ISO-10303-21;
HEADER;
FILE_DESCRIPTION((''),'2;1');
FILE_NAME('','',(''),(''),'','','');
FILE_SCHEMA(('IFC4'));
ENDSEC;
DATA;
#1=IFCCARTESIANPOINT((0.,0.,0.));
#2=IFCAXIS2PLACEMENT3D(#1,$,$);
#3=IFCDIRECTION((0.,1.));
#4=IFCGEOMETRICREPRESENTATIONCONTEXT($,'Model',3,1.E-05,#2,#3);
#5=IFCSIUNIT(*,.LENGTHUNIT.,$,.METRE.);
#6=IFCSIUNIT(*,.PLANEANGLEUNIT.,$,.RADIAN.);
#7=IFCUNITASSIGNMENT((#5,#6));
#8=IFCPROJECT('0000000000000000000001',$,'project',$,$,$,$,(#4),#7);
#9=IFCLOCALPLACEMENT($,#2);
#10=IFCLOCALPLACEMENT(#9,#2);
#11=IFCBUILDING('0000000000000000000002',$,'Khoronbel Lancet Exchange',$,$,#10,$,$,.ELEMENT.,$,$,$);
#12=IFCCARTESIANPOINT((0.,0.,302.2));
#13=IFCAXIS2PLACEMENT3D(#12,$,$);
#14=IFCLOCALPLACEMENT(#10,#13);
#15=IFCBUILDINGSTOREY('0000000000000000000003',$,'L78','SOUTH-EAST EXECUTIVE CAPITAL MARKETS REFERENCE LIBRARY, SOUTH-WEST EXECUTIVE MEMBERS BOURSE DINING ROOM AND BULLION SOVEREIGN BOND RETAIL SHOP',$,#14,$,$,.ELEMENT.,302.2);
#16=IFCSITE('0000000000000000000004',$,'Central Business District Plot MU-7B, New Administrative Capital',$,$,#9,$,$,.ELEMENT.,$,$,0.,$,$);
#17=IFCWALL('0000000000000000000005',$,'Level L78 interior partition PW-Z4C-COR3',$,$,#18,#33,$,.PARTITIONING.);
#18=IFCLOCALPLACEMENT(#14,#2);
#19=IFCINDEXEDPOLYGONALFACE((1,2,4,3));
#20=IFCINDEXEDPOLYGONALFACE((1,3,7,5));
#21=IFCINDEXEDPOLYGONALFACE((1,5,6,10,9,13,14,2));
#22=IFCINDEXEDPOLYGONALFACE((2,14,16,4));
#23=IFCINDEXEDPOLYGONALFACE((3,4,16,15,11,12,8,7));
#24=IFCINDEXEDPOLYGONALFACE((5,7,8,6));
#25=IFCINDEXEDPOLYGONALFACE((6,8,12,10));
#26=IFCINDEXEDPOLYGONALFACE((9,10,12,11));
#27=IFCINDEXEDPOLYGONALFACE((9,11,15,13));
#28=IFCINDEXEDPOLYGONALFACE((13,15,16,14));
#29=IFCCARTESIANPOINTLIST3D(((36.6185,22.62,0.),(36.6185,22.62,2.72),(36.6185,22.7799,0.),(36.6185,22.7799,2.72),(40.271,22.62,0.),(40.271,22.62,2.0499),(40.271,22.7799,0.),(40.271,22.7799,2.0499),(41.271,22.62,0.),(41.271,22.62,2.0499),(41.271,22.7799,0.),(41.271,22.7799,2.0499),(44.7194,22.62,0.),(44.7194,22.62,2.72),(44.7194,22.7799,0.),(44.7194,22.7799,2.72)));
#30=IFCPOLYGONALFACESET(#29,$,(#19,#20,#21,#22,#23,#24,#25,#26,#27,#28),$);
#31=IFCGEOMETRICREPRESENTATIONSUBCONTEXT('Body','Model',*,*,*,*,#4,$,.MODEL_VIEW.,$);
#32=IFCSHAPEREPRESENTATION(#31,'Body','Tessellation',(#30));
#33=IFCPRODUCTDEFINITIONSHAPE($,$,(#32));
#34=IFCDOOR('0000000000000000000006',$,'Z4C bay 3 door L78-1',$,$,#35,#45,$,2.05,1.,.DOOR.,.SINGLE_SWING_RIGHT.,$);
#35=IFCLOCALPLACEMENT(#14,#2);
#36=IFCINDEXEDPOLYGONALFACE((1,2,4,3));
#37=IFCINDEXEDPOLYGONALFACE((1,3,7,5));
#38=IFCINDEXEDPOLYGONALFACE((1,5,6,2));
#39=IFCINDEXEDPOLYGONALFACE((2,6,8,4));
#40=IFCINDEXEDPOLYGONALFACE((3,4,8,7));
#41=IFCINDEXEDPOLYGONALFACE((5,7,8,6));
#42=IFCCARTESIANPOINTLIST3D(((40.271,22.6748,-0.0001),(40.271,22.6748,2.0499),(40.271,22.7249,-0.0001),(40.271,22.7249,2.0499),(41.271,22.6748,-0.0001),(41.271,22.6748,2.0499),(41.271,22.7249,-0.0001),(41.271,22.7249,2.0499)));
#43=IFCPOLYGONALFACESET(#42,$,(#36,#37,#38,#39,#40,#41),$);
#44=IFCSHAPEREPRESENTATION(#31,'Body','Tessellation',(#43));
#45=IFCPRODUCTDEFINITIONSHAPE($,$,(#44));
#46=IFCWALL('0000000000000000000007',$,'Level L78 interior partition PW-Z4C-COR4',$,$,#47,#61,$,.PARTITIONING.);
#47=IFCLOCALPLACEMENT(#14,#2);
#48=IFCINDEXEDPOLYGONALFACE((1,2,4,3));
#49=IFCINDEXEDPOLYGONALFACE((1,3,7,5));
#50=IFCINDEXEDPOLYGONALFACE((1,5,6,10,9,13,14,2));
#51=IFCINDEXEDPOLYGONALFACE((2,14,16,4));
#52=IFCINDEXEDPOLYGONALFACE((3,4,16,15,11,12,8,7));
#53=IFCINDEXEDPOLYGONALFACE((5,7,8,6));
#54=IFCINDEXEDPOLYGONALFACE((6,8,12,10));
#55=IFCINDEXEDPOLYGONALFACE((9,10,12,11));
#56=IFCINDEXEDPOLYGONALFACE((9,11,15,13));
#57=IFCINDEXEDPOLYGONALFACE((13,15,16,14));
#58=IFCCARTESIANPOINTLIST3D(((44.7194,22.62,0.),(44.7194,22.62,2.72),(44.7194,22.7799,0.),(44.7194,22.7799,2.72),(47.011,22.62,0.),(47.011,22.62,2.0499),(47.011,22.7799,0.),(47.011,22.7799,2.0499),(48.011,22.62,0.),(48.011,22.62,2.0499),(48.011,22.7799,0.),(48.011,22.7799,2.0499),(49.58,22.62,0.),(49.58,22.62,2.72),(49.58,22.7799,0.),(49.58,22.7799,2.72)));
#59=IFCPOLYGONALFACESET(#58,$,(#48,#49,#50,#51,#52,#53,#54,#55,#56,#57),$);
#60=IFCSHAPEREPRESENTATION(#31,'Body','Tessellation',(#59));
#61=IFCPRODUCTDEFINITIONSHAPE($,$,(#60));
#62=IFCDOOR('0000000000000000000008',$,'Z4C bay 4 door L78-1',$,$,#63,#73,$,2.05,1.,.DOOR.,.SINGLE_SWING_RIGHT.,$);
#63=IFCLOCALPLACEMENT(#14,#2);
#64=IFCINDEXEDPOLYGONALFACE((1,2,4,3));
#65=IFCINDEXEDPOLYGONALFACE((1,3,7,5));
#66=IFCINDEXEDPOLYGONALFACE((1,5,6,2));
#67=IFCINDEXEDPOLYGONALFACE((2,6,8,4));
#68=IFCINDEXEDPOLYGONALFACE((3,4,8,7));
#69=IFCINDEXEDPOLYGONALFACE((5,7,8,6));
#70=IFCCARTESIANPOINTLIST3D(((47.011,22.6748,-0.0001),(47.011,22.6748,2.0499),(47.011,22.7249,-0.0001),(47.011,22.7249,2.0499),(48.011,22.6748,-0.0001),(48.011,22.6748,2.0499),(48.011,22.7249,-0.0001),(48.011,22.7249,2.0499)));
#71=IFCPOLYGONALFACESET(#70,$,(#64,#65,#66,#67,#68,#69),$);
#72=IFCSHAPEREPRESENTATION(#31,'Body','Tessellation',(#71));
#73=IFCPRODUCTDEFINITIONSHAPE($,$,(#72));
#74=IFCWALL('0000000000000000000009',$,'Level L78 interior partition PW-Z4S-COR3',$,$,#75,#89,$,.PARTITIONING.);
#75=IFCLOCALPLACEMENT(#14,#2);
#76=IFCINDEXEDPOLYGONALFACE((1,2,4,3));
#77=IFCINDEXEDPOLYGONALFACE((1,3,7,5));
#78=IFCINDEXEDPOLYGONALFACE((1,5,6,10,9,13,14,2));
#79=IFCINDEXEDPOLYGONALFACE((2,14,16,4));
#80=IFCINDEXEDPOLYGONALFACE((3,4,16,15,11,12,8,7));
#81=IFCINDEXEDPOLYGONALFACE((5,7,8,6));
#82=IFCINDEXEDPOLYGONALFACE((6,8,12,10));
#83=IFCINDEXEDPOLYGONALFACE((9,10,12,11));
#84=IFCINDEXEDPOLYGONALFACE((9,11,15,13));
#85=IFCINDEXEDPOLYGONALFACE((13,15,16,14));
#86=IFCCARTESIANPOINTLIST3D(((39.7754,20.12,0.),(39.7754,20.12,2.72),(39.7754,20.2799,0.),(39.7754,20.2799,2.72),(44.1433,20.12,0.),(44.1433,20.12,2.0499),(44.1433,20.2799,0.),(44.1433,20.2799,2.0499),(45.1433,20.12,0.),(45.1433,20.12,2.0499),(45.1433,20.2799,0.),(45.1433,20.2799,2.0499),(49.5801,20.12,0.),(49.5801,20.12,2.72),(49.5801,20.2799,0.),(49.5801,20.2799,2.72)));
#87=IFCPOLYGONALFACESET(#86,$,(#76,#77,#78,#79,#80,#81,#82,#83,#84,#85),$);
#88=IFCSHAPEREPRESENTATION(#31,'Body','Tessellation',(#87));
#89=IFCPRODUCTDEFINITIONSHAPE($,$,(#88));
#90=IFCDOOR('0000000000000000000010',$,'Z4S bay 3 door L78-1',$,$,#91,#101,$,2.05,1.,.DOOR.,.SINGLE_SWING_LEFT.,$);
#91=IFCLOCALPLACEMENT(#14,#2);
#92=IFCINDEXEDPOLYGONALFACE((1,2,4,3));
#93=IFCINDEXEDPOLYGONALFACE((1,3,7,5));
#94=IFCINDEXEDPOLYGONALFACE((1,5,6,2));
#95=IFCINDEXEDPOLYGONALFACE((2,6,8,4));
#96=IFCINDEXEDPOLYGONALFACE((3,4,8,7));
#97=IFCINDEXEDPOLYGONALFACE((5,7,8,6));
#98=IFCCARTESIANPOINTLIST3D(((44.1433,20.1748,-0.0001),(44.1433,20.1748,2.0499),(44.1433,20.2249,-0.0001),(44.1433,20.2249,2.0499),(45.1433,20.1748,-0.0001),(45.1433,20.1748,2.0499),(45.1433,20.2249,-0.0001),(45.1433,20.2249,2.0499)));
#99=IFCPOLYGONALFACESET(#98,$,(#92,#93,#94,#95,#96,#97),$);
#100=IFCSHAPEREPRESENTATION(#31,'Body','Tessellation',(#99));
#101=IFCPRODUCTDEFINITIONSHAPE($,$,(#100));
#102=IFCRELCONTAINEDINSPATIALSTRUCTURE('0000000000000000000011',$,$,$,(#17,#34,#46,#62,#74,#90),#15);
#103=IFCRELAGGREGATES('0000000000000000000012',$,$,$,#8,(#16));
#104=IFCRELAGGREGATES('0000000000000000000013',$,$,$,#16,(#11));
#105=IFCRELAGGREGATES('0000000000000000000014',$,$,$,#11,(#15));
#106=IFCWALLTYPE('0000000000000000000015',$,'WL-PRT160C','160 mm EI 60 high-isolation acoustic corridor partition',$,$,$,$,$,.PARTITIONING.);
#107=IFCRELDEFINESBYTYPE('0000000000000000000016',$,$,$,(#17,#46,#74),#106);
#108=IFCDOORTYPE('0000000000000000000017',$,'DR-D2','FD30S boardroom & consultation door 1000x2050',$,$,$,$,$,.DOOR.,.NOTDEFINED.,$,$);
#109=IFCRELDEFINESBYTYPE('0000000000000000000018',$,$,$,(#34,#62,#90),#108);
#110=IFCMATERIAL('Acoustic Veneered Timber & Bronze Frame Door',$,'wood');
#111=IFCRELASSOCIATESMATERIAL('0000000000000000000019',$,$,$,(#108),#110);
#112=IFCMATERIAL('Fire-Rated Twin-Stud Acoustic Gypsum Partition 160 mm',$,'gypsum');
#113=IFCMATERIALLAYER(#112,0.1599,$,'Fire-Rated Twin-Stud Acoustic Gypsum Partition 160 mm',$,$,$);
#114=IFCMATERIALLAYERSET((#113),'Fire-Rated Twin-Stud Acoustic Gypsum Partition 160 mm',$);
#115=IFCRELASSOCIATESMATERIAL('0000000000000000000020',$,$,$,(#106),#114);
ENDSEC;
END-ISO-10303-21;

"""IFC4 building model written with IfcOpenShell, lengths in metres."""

from ifc_helpers import new_model, si_unit, direction, frame, frame_2d, origin, place, context, subcontext, project, spatial, rectangle, extrude, material, layer, layer_set, type_object, element, fill, save


model = new_model("IFC4")

# Units and contexts
model_context = context("Model", 3, precision=1e-05, world=origin(), true_north=direction((0.0, 1.0)))
body_context = subcontext(model_context, "Body", "Model", "MODEL_VIEW")
ifc_project = project(units=[si_unit("LENGTHUNIT", "METRE"), si_unit("PLANEANGLEUNIT", "RADIAN")], contexts=[model_context])

# Site, building, storey
site_placement = place(None, origin())
site = spatial("IfcSite", under=ifc_project, at=site_placement, Name="Central Business District Plot MU-7B, New Administrative Capital", CompositionType="ELEMENT", RefElevation=0.0)
building_placement = place(site_placement, origin())
building = spatial("IfcBuilding", under=site, at=building_placement, Name="Khoronbel Lancet Exchange", CompositionType="ELEMENT")
storey_placement = place(building_placement, frame((0.0, 0.0, 302.2)))
storey = spatial("IfcBuildingStorey", under=building, at=storey_placement, Name="L78", Description="SOUTH-EAST EXECUTIVE CAPITAL MARKETS REFERENCE LIBRARY, SOUTH-WEST EXECUTIVE MEMBERS BOURSE DINING ROOM AND BULLION SOVEREIGN BOND RETAIL SHOP", CompositionType="ELEMENT", Elevation=302.2)

# Shared definitions
ifc_material_1 = material(Name="Acoustic Veneered Timber & Bronze Frame Door", Category="wood")
door_type_1 = type_object("IfcDoorType", Name="DR-D2", Description="FD30S boardroom & consultation door 1000x2050", OperationType="NOTDEFINED", PredefinedType="DOOR", material=ifc_material_1)

# Walls, openings, doors
ifc_material_2 = material(Name="Fire-Rated Twin-Stud Acoustic Gypsum Partition 160 mm", Category="gypsum")
ifc_layer_1 = layer(ifc_material_2, 0.1599, Name="Fire-Rated Twin-Stud Acoustic Gypsum Partition 160 mm")
ifc_layer_set_1 = layer_set([ifc_layer_1], Name="Fire-Rated Twin-Stud Acoustic Gypsum Partition 160 mm")
wall_type_1 = type_object("IfcWallType", Name="WL-PRT160C", Description="160 mm EI 60 high-isolation acoustic corridor partition", PredefinedType="PARTITIONING", material=ifc_layer_set_1)
wall_1_placement = place(storey_placement, frame((36.6187, 22.7, 0.0), z_axis=(0.0, 0.0, 1.0), x_axis=(1.0, 0.0, 0.0)))
wall_1 = element("IfcWall", 1, at=wall_1_placement, inside=storey, type_object=wall_type_1, Name="Level L78 interior partition PW-Z4C-COR3", PredefinedType="PARTITIONING", context=body_context, shape_type="SweptSolid", body=[
    extrude(rectangle(XDim=8.1008, YDim=0.1599, at=frame_2d((4.0503, 0.0))), origin(), (0.0, 0.0, 1.0), 2.72),
])
opening_1_placement = place(wall_1_placement, frame((3.6523, 0.0, 0.0)))
opening_1 = element("IfcOpeningElement", 2, at=opening_1_placement, cuts=wall_1, PredefinedType="OPENING", context=body_context, shape_type="SweptSolid", body=[
    extrude(rectangle(XDim=1.0, YDim=2.05, at=frame_2d((0.5, 1.0249))), frame((0.0, 0.0898, 0.0), z_axis=(0.0, -1.0, 0.0), x_axis=(1.0, 0.0, 0.0)), (0.0, 0.0, 1.0), 0.1799),
])
door_1_placement = place(opening_1_placement, origin())
door_1 = element("IfcDoor", 3, at=door_1_placement, inside=storey, type_object=door_type_1, Name="Z4C bay 3 door L78-1", OperationType="SINGLE_SWING_RIGHT", OverallHeight=2.05, OverallWidth=1.0, PredefinedType="DOOR", context=body_context, shape_type="SweptSolid", body=[
    extrude(rectangle(XDim=1.0, YDim=2.05, at=frame_2d((0.5, 1.0249))), frame((0.0, 0.0249, 0.0), z_axis=(0.0, -1.0, 0.0), x_axis=(1.0, 0.0, 0.0)), (0.0, 0.0, 1.0), 0.05),
])
fill(opening_1, door_1)
wall_2_placement = place(storey_placement, frame((44.7195, 22.7, 0.0), z_axis=(0.0, 0.0, 1.0), x_axis=(1.0, 0.0, 0.0)))
wall_2 = element("IfcWall", 4, at=wall_2_placement, inside=storey, type_object=wall_type_1, Name="Level L78 interior partition PW-Z4C-COR4", PredefinedType="PARTITIONING", context=body_context, shape_type="SweptSolid", body=[
    extrude(rectangle(XDim=4.8606, YDim=0.1599, at=frame_2d((2.4302, 0.0))), origin(), (0.0, 0.0, 1.0), 2.72),
])
opening_2_placement = place(wall_2_placement, frame((2.2915, 0.0, 0.0)))
opening_2 = element("IfcOpeningElement", 5, at=opening_2_placement, cuts=wall_2, PredefinedType="OPENING", context=body_context, shape_type="SweptSolid", body=[
    extrude(rectangle(XDim=1.0, YDim=2.05, at=frame_2d((0.5, 1.0249))), frame((0.0, 0.0898, 0.0), z_axis=(0.0, -1.0, 0.0), x_axis=(1.0, 0.0, 0.0)), (0.0, 0.0, 1.0), 0.1799),
])
door_2_placement = place(opening_2_placement, origin())
door_2 = element("IfcDoor", 6, at=door_2_placement, inside=storey, type_object=door_type_1, Name="Z4C bay 4 door L78-1", OperationType="SINGLE_SWING_RIGHT", OverallHeight=2.05, OverallWidth=1.0, PredefinedType="DOOR", context=body_context, shape_type="SweptSolid", body=[
    extrude(rectangle(XDim=1.0, YDim=2.05, at=frame_2d((0.5, 1.0249))), frame((0.0, 0.0249, 0.0), z_axis=(0.0, -1.0, 0.0), x_axis=(1.0, 0.0, 0.0)), (0.0, 0.0, 1.0), 0.05),
])
fill(opening_2, door_2)
wall_3_placement = place(storey_placement, frame((39.7754, 20.2, 0.0), z_axis=(0.0, 0.0, 1.0), x_axis=(1.0, 0.0, 0.0)))
wall_3 = element("IfcWall", 7, at=wall_3_placement, inside=storey, type_object=wall_type_1, Name="Level L78 interior partition PW-Z4S-COR3", PredefinedType="PARTITIONING", context=body_context, shape_type="SweptSolid", body=[
    extrude(rectangle(XDim=9.8047, YDim=0.1599, at=frame_2d((4.9023, 0.0))), origin(), (0.0, 0.0, 1.0), 2.72),
])
opening_3_placement = place(wall_3_placement, frame((4.3679, 0.0, 0.0)))
opening_3 = element("IfcOpeningElement", 8, at=opening_3_placement, cuts=wall_3, PredefinedType="OPENING", context=body_context, shape_type="SweptSolid", body=[
    extrude(rectangle(XDim=1.0, YDim=2.05, at=frame_2d((0.5, 1.0249))), frame((0.0, 0.0898, 0.0), z_axis=(0.0, -1.0, 0.0), x_axis=(1.0, 0.0, 0.0)), (0.0, 0.0, 1.0), 0.1799),
])
door_3_placement = place(opening_3_placement, origin())
door_3 = element("IfcDoor", 9, at=door_3_placement, inside=storey, type_object=door_type_1, Name="Z4S bay 3 door L78-1", OperationType="SINGLE_SWING_LEFT", OverallHeight=2.05, OverallWidth=1.0, PredefinedType="DOOR", context=body_context, shape_type="SweptSolid", body=[
    extrude(rectangle(XDim=1.0, YDim=2.05, at=frame_2d((0.5, 1.0249))), frame((0.0, 0.0249, 0.0), z_axis=(0.0, -1.0, 0.0), x_axis=(1.0, 0.0, 0.0)), (0.0, 0.0, 1.0), 0.05),
])
fill(opening_3, door_3)

save(model, "model.ifc")
